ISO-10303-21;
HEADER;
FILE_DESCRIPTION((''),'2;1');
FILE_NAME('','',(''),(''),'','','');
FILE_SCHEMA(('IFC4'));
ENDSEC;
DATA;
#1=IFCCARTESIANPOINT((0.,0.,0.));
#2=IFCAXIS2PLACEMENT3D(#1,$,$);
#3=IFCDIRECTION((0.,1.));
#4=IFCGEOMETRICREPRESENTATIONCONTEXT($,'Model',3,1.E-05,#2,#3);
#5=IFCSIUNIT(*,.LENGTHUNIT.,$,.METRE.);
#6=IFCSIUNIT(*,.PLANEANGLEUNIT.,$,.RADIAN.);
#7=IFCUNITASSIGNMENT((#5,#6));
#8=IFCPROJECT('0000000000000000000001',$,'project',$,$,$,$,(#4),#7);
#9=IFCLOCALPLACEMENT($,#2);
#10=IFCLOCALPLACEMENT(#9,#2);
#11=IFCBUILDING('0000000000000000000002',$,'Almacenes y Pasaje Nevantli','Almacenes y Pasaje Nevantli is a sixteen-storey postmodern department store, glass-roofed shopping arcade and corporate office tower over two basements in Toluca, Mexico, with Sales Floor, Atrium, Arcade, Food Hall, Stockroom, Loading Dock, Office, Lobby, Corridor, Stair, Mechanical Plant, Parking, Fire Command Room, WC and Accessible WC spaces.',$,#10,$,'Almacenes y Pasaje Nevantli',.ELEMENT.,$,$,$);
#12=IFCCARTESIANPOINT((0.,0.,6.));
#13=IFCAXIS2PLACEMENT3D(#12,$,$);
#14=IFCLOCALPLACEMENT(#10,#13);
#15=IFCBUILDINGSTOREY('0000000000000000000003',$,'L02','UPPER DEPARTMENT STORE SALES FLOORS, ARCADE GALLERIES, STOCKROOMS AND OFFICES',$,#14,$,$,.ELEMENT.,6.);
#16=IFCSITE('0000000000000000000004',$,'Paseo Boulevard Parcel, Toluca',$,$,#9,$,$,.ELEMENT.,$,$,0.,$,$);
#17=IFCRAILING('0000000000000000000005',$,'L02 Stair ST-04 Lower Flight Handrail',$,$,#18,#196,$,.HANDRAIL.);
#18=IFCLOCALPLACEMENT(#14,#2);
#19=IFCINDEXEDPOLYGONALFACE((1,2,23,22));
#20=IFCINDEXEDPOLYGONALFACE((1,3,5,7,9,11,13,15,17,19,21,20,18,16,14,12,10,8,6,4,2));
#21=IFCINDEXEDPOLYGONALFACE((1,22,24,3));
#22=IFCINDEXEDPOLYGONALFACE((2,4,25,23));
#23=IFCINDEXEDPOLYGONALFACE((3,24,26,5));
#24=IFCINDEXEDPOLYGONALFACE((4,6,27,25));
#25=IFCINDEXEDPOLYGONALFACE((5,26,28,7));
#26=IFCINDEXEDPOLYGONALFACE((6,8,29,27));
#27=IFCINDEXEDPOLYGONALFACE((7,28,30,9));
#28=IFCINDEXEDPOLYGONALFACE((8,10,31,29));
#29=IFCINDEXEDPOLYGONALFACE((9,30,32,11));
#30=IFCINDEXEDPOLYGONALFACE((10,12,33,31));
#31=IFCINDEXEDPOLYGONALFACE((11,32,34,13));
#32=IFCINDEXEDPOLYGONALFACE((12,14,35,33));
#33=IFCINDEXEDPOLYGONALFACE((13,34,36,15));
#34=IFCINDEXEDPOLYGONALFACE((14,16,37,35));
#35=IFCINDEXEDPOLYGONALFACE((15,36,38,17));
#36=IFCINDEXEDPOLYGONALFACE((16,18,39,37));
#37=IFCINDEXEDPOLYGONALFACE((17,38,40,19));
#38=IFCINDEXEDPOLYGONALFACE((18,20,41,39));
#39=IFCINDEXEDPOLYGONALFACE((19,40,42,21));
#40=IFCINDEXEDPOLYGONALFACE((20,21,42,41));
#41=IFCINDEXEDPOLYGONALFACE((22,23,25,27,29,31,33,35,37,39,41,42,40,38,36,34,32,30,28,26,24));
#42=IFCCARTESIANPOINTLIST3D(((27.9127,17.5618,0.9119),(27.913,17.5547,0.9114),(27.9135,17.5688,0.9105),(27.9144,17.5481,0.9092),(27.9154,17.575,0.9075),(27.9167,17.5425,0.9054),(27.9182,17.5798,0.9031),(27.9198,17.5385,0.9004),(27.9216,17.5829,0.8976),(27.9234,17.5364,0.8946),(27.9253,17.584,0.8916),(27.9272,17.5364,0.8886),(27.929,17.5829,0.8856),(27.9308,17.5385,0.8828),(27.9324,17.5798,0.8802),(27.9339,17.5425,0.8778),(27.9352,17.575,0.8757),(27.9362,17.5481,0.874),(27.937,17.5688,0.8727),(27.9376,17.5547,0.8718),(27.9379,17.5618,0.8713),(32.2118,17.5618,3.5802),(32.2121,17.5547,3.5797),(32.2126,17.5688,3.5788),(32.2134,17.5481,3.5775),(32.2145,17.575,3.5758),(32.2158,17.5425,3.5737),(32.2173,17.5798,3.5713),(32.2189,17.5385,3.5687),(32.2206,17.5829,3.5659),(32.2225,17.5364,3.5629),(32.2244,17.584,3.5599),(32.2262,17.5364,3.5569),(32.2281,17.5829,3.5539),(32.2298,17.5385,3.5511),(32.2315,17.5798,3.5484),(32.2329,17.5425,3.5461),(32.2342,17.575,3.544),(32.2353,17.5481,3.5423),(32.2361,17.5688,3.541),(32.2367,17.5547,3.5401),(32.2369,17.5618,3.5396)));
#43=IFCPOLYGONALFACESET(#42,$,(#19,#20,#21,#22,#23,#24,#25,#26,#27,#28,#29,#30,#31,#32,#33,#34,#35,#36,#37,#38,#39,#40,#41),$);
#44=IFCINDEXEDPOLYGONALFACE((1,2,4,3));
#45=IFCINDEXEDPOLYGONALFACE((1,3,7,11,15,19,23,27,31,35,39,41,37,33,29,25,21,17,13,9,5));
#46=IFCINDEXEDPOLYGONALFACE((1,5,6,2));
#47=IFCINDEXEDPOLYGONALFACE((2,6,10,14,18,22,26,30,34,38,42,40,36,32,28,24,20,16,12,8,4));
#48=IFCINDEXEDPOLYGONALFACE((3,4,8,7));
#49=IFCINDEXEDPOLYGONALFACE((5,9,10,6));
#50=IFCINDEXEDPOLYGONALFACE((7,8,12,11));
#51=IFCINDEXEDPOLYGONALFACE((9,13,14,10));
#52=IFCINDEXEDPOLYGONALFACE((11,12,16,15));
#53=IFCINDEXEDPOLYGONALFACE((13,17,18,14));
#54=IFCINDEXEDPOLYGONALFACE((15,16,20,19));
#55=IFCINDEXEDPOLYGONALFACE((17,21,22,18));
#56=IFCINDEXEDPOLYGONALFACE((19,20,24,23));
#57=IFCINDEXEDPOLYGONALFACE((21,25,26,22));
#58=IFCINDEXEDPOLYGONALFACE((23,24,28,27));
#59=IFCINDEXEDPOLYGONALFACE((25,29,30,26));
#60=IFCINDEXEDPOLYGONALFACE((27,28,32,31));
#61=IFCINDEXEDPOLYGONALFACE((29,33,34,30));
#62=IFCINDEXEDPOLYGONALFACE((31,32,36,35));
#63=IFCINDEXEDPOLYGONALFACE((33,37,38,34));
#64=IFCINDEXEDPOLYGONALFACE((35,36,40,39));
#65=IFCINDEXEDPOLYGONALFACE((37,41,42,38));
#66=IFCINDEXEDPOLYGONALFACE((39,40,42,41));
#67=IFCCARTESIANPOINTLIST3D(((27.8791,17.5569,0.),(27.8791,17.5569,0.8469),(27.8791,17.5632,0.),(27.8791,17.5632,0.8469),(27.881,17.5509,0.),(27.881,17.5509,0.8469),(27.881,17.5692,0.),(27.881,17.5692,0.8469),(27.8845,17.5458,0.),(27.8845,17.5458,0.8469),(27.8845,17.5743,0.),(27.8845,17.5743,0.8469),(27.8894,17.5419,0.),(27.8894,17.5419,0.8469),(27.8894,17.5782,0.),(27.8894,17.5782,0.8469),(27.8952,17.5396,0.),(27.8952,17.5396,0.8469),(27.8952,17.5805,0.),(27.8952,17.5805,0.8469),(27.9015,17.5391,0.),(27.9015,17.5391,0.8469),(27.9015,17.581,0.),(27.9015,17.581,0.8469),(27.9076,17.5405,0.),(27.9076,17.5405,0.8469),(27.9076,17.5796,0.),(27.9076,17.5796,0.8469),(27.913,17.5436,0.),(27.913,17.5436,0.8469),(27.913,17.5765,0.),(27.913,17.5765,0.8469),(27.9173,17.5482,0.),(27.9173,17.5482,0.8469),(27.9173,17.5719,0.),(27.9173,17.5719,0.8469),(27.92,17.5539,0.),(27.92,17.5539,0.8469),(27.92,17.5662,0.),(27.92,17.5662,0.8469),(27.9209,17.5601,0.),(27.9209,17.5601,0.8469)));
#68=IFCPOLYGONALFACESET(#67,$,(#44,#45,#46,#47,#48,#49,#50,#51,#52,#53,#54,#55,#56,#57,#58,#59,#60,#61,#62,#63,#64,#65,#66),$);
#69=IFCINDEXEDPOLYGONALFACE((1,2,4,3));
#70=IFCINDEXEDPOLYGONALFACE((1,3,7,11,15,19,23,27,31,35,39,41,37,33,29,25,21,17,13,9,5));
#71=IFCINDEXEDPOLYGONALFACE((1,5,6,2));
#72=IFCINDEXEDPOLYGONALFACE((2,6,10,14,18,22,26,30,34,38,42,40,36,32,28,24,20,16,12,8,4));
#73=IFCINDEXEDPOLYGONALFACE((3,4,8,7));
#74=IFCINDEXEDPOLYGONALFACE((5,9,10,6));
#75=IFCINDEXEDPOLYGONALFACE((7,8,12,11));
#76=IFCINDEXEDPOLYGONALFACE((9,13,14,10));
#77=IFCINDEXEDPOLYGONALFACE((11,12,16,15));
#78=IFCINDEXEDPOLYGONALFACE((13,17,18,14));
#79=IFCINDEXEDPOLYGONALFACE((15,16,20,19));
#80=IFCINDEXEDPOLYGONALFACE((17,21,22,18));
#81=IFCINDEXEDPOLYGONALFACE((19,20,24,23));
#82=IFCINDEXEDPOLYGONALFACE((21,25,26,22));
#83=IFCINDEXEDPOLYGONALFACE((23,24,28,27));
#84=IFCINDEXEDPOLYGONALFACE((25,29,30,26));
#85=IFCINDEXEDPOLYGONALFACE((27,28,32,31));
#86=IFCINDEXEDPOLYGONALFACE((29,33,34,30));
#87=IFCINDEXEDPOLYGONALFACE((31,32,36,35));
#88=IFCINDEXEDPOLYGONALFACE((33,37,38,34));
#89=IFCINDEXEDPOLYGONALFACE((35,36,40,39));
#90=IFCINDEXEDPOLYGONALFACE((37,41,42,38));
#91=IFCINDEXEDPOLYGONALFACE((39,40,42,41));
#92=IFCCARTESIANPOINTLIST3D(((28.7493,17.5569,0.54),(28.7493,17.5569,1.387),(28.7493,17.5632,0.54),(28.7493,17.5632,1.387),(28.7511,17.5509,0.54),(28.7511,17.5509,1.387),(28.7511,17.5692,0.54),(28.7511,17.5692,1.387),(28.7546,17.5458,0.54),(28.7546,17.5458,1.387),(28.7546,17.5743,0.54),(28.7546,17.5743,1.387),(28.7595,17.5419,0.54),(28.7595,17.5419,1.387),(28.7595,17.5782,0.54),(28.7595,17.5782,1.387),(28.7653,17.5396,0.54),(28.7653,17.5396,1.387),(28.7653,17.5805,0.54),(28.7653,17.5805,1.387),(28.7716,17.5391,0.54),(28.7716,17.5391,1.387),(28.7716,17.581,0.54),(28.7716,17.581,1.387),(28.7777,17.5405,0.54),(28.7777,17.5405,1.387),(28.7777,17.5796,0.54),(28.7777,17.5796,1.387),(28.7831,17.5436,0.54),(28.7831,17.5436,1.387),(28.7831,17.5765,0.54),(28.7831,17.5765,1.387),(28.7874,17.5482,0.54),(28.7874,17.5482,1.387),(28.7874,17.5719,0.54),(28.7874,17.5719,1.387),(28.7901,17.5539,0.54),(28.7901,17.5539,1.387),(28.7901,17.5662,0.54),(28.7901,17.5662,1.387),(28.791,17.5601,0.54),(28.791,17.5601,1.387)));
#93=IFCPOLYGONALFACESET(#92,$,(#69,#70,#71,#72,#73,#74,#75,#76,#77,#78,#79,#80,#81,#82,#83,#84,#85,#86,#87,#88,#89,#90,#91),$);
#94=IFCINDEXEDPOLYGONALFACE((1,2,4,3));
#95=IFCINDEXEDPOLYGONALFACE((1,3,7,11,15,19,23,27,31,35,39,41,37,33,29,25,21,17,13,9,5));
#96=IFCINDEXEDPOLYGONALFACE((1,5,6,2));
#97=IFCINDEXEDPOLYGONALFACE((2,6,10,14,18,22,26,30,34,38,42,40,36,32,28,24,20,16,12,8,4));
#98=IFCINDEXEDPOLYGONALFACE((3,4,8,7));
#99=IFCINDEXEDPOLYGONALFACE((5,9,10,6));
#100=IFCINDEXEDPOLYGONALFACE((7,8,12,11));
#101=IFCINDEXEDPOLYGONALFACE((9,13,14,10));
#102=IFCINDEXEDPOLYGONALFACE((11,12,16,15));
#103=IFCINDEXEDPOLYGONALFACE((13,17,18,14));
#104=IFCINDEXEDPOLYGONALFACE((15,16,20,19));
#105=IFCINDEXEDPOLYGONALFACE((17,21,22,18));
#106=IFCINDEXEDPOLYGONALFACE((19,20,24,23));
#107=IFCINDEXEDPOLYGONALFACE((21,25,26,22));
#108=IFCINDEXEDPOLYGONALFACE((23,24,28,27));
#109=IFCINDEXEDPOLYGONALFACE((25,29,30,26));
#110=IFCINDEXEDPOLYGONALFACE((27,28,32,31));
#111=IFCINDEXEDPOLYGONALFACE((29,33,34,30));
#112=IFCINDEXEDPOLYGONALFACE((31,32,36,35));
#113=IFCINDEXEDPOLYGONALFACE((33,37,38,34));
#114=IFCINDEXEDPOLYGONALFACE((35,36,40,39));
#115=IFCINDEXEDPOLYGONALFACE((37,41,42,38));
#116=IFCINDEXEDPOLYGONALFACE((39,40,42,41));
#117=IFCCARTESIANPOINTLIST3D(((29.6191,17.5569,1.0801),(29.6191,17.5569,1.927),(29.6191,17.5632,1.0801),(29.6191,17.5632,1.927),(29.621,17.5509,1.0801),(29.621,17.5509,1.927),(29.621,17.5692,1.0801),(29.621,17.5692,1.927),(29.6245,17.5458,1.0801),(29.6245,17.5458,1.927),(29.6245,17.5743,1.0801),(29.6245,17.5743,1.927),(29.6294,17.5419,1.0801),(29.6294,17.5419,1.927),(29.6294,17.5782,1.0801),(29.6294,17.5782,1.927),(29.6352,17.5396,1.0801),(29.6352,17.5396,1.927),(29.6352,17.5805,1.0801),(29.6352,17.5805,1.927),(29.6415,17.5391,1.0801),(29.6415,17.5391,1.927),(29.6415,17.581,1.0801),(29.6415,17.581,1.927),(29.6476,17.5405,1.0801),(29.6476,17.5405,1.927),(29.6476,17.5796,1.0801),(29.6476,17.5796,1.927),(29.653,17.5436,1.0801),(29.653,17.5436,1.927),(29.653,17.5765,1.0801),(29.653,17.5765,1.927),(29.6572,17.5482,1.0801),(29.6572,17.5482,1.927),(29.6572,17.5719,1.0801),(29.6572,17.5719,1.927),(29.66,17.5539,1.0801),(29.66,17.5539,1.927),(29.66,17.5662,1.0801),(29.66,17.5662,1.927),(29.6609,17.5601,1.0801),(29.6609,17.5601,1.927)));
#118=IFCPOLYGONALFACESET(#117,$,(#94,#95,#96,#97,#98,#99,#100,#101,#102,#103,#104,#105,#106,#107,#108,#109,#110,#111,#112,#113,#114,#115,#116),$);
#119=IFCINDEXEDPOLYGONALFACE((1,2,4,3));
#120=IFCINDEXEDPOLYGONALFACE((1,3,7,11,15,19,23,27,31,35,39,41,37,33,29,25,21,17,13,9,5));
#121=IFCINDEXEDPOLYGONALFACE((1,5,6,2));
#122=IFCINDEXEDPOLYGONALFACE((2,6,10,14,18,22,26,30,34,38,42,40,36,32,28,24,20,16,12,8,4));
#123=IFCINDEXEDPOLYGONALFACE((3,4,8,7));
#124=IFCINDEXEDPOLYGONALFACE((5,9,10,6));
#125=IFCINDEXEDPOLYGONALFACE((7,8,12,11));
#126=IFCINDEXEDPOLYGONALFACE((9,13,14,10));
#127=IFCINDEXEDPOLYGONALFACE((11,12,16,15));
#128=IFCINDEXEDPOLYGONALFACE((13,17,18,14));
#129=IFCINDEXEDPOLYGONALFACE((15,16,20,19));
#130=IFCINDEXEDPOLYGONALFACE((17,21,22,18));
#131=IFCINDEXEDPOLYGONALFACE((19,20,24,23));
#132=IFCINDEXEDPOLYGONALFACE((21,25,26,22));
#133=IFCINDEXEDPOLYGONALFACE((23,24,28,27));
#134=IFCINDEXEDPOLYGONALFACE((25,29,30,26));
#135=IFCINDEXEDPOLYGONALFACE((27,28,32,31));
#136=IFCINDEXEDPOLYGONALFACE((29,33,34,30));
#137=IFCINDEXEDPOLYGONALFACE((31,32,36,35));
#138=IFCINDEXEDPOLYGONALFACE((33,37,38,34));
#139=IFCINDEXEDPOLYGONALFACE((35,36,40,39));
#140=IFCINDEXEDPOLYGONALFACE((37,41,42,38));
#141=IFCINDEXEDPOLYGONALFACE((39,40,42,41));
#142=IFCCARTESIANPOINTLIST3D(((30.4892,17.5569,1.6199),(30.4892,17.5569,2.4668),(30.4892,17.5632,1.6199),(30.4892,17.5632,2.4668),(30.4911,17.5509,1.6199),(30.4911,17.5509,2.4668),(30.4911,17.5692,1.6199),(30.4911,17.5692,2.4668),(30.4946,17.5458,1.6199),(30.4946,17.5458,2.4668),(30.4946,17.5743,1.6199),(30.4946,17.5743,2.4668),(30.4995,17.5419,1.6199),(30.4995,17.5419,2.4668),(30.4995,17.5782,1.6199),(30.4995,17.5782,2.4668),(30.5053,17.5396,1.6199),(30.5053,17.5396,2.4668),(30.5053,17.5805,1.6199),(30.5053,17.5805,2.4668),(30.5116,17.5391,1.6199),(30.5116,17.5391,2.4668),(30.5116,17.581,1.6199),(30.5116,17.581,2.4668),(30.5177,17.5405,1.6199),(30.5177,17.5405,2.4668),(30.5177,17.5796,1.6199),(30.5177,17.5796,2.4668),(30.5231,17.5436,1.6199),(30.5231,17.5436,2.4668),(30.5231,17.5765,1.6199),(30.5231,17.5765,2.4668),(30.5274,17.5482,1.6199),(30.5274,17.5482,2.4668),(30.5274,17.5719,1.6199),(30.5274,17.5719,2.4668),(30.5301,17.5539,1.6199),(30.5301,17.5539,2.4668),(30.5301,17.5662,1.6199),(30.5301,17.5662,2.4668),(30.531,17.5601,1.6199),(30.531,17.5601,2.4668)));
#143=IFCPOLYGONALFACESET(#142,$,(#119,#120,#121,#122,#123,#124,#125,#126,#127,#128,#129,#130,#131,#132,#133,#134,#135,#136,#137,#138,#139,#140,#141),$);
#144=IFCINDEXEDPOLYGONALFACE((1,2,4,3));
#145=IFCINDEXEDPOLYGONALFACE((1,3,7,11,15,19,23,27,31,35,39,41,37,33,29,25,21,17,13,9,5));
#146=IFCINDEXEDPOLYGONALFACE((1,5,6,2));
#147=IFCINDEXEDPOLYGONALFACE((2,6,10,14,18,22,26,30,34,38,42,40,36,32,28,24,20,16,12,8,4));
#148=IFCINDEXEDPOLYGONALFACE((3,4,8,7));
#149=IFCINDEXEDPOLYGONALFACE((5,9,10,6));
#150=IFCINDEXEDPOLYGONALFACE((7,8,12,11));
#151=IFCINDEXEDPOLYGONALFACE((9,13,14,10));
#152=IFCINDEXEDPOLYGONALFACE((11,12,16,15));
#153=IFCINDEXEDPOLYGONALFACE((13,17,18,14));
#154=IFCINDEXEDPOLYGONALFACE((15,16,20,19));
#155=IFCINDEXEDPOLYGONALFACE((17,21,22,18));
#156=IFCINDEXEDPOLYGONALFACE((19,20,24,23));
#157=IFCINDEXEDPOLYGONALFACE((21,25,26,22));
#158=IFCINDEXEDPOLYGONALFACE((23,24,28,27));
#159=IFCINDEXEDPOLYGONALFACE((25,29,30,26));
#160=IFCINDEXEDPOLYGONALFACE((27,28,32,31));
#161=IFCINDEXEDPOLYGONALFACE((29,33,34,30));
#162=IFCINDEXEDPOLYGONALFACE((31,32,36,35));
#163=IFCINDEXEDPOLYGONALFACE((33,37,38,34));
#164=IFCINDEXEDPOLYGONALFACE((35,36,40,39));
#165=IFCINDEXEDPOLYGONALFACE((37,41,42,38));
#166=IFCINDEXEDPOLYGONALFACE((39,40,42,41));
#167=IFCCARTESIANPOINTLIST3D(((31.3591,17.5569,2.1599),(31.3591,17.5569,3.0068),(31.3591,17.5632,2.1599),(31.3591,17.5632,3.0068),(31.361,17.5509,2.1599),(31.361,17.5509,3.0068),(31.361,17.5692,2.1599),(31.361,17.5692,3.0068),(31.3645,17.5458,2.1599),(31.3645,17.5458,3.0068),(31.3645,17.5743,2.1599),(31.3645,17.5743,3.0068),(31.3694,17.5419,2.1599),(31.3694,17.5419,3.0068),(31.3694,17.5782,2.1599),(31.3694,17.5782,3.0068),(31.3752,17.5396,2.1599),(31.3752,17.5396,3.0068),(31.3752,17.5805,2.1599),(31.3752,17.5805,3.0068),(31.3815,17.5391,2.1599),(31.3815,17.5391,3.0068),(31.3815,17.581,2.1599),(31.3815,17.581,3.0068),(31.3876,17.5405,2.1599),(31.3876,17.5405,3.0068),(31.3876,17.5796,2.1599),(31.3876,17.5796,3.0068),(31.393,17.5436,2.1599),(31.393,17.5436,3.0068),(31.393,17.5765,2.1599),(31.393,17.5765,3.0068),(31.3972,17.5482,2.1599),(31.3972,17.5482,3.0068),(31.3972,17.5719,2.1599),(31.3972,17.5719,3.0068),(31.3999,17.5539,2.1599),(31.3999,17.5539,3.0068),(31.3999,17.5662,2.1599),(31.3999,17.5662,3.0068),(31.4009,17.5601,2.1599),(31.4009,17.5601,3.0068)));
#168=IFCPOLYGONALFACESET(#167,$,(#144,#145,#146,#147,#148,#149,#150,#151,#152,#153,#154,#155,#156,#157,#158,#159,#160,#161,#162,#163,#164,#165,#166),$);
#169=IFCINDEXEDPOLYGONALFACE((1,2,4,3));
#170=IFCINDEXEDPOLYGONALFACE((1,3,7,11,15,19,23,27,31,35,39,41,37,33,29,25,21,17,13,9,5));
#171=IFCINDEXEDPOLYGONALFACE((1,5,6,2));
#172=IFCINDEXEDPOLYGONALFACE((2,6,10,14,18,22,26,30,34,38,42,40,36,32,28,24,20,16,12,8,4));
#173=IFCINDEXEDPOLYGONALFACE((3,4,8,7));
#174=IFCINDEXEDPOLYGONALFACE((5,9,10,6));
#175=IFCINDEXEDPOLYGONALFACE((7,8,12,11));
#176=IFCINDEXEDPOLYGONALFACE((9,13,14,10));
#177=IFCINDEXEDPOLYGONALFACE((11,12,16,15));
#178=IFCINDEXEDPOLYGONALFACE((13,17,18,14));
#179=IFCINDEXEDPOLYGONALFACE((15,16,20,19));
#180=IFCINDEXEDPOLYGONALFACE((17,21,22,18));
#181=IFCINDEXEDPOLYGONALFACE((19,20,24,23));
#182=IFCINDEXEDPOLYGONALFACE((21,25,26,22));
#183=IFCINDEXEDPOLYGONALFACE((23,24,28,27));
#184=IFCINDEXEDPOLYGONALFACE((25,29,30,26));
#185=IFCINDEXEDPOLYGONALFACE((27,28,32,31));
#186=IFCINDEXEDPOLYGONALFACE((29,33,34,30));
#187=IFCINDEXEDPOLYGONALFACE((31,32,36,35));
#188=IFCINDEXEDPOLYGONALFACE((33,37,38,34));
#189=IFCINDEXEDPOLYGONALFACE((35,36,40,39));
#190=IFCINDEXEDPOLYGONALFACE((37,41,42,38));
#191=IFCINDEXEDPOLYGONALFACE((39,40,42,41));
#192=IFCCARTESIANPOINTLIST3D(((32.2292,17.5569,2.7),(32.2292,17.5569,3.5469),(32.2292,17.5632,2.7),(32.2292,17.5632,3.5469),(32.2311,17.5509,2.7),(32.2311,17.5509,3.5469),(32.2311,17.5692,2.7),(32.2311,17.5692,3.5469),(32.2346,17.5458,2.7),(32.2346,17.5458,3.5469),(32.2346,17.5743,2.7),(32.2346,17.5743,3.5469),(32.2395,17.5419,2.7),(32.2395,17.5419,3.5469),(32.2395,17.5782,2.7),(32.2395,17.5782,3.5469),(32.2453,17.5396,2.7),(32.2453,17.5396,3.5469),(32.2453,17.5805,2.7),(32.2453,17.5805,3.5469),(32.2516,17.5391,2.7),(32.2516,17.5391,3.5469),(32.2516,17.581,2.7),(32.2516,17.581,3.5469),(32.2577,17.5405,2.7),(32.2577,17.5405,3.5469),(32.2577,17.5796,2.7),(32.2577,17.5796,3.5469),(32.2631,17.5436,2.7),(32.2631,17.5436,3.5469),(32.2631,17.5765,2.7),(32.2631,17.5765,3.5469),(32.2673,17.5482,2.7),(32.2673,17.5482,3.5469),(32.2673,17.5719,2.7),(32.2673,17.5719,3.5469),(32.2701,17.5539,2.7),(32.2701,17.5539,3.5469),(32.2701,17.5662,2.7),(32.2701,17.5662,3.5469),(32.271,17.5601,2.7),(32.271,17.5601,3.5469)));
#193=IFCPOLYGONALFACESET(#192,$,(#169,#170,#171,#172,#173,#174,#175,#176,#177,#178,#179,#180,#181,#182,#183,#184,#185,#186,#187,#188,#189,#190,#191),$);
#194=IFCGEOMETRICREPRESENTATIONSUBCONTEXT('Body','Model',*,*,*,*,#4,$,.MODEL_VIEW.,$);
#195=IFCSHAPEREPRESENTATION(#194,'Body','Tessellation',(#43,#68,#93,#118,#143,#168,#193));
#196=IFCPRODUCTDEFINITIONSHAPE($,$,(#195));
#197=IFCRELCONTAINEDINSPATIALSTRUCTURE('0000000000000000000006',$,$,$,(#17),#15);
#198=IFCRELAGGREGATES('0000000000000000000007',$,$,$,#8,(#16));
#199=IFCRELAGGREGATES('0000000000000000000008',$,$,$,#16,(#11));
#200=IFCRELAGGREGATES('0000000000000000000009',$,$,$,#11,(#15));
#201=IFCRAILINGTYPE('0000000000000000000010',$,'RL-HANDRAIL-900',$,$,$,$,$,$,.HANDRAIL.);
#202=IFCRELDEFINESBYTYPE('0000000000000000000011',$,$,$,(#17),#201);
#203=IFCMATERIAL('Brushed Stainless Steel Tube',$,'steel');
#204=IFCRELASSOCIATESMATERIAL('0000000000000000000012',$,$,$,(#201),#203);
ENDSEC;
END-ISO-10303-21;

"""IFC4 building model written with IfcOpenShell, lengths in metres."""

from ifc_helpers import new_model, si_unit, direction, frame, origin, origin_2d, place, context, subcontext, project, spatial, circle, extrude, material, type_object, element, save


model = new_model("IFC4")

# Units and contexts
model_context = context("Model", 3, precision=1e-05, world=origin(), true_north=direction((0.0, 1.0)))
body_context = subcontext(model_context, "Body", "Model", "MODEL_VIEW")
ifc_project = project(units=[si_unit("LENGTHUNIT", "METRE"), si_unit("PLANEANGLEUNIT", "RADIAN")], contexts=[model_context])

# Site, building, storey
site_placement = place(None, origin())
site = spatial("IfcSite", under=ifc_project, at=site_placement, Name="Paseo Boulevard Parcel, Toluca", CompositionType="ELEMENT", RefElevation=0.0)
building_placement = place(site_placement, origin())
building = spatial("IfcBuilding", under=site, at=building_placement, Name="Almacenes y Pasaje Nevantli", Description="Almacenes y Pasaje Nevantli is a sixteen-storey postmodern department store, glass-roofed shopping arcade and corporate office tower over two basements in Toluca, Mexico, with Sales Floor, Atrium, Arcade, Food Hall, Stockroom, Loading Dock, Office, Lobby, Corridor, Stair, Mechanical Plant, Parking, Fire Command Room, WC and Accessible WC spaces.", LongName="Almacenes y Pasaje Nevantli", CompositionType="ELEMENT")
storey_placement = place(building_placement, frame((0.0, 0.0, 6.0)))
storey = spatial("IfcBuildingStorey", under=building, at=storey_placement, Name="L02", Description="UPPER DEPARTMENT STORE SALES FLOORS, ARCADE GALLERIES, STOCKROOMS AND OFFICES", CompositionType="ELEMENT", Elevation=6.0)

# Railing
ifc_material_1 = material(Name="Brushed Stainless Steel Tube", Category="steel")
railing_type_1 = type_object("IfcRailingType", Name="RL-HANDRAIL-900", PredefinedType="HANDRAIL", material=ifc_material_1)
railing_1_placement = place(storey_placement, frame((27.8999, 17.5601, 0.0)))
element("IfcRailing", 1, at=railing_1_placement, inside=storey, type_object=railing_type_1, Name="L02 Stair ST-04 Lower Flight Handrail", PredefinedType="HANDRAIL", context=body_context, shape_type="SweptSolid", body=[
    extrude(circle(Radius=0.0239, at=origin_2d()), frame((0.0254, 0.0, 0.8916), z_axis=(0.84965, 0.0, 0.527347), x_axis=(0.0, 1.0, 0.0)), (0.0, 0.0, 1.0), 5.0598),
    extrude(circle(Radius=0.021, at=origin_2d()), origin(), (0.0, 0.0, 1.0), 0.8469),
    extrude(circle(Radius=0.021, at=origin_2d()), frame((0.8701, 0.0, 0.54)), (0.0, 0.0, 1.0), 0.8469),
    extrude(circle(Radius=0.021, at=origin_2d()), frame((1.74, 0.0, 1.0801)), (0.0, 0.0, 1.0), 0.8469),
    extrude(circle(Radius=0.021, at=origin_2d()), frame((2.6101, 0.0, 1.6199)), (0.0, 0.0, 1.0), 0.8469),
    extrude(circle(Radius=0.021, at=origin_2d()), frame((3.48, 0.0, 2.1599)), (0.0, 0.0, 1.0), 0.8469),
    extrude(circle(Radius=0.021, at=origin_2d()), frame((4.3501, 0.0, 2.7)), (0.0, 0.0, 1.0), 0.8469),
])

save(model, "model.ifc")
